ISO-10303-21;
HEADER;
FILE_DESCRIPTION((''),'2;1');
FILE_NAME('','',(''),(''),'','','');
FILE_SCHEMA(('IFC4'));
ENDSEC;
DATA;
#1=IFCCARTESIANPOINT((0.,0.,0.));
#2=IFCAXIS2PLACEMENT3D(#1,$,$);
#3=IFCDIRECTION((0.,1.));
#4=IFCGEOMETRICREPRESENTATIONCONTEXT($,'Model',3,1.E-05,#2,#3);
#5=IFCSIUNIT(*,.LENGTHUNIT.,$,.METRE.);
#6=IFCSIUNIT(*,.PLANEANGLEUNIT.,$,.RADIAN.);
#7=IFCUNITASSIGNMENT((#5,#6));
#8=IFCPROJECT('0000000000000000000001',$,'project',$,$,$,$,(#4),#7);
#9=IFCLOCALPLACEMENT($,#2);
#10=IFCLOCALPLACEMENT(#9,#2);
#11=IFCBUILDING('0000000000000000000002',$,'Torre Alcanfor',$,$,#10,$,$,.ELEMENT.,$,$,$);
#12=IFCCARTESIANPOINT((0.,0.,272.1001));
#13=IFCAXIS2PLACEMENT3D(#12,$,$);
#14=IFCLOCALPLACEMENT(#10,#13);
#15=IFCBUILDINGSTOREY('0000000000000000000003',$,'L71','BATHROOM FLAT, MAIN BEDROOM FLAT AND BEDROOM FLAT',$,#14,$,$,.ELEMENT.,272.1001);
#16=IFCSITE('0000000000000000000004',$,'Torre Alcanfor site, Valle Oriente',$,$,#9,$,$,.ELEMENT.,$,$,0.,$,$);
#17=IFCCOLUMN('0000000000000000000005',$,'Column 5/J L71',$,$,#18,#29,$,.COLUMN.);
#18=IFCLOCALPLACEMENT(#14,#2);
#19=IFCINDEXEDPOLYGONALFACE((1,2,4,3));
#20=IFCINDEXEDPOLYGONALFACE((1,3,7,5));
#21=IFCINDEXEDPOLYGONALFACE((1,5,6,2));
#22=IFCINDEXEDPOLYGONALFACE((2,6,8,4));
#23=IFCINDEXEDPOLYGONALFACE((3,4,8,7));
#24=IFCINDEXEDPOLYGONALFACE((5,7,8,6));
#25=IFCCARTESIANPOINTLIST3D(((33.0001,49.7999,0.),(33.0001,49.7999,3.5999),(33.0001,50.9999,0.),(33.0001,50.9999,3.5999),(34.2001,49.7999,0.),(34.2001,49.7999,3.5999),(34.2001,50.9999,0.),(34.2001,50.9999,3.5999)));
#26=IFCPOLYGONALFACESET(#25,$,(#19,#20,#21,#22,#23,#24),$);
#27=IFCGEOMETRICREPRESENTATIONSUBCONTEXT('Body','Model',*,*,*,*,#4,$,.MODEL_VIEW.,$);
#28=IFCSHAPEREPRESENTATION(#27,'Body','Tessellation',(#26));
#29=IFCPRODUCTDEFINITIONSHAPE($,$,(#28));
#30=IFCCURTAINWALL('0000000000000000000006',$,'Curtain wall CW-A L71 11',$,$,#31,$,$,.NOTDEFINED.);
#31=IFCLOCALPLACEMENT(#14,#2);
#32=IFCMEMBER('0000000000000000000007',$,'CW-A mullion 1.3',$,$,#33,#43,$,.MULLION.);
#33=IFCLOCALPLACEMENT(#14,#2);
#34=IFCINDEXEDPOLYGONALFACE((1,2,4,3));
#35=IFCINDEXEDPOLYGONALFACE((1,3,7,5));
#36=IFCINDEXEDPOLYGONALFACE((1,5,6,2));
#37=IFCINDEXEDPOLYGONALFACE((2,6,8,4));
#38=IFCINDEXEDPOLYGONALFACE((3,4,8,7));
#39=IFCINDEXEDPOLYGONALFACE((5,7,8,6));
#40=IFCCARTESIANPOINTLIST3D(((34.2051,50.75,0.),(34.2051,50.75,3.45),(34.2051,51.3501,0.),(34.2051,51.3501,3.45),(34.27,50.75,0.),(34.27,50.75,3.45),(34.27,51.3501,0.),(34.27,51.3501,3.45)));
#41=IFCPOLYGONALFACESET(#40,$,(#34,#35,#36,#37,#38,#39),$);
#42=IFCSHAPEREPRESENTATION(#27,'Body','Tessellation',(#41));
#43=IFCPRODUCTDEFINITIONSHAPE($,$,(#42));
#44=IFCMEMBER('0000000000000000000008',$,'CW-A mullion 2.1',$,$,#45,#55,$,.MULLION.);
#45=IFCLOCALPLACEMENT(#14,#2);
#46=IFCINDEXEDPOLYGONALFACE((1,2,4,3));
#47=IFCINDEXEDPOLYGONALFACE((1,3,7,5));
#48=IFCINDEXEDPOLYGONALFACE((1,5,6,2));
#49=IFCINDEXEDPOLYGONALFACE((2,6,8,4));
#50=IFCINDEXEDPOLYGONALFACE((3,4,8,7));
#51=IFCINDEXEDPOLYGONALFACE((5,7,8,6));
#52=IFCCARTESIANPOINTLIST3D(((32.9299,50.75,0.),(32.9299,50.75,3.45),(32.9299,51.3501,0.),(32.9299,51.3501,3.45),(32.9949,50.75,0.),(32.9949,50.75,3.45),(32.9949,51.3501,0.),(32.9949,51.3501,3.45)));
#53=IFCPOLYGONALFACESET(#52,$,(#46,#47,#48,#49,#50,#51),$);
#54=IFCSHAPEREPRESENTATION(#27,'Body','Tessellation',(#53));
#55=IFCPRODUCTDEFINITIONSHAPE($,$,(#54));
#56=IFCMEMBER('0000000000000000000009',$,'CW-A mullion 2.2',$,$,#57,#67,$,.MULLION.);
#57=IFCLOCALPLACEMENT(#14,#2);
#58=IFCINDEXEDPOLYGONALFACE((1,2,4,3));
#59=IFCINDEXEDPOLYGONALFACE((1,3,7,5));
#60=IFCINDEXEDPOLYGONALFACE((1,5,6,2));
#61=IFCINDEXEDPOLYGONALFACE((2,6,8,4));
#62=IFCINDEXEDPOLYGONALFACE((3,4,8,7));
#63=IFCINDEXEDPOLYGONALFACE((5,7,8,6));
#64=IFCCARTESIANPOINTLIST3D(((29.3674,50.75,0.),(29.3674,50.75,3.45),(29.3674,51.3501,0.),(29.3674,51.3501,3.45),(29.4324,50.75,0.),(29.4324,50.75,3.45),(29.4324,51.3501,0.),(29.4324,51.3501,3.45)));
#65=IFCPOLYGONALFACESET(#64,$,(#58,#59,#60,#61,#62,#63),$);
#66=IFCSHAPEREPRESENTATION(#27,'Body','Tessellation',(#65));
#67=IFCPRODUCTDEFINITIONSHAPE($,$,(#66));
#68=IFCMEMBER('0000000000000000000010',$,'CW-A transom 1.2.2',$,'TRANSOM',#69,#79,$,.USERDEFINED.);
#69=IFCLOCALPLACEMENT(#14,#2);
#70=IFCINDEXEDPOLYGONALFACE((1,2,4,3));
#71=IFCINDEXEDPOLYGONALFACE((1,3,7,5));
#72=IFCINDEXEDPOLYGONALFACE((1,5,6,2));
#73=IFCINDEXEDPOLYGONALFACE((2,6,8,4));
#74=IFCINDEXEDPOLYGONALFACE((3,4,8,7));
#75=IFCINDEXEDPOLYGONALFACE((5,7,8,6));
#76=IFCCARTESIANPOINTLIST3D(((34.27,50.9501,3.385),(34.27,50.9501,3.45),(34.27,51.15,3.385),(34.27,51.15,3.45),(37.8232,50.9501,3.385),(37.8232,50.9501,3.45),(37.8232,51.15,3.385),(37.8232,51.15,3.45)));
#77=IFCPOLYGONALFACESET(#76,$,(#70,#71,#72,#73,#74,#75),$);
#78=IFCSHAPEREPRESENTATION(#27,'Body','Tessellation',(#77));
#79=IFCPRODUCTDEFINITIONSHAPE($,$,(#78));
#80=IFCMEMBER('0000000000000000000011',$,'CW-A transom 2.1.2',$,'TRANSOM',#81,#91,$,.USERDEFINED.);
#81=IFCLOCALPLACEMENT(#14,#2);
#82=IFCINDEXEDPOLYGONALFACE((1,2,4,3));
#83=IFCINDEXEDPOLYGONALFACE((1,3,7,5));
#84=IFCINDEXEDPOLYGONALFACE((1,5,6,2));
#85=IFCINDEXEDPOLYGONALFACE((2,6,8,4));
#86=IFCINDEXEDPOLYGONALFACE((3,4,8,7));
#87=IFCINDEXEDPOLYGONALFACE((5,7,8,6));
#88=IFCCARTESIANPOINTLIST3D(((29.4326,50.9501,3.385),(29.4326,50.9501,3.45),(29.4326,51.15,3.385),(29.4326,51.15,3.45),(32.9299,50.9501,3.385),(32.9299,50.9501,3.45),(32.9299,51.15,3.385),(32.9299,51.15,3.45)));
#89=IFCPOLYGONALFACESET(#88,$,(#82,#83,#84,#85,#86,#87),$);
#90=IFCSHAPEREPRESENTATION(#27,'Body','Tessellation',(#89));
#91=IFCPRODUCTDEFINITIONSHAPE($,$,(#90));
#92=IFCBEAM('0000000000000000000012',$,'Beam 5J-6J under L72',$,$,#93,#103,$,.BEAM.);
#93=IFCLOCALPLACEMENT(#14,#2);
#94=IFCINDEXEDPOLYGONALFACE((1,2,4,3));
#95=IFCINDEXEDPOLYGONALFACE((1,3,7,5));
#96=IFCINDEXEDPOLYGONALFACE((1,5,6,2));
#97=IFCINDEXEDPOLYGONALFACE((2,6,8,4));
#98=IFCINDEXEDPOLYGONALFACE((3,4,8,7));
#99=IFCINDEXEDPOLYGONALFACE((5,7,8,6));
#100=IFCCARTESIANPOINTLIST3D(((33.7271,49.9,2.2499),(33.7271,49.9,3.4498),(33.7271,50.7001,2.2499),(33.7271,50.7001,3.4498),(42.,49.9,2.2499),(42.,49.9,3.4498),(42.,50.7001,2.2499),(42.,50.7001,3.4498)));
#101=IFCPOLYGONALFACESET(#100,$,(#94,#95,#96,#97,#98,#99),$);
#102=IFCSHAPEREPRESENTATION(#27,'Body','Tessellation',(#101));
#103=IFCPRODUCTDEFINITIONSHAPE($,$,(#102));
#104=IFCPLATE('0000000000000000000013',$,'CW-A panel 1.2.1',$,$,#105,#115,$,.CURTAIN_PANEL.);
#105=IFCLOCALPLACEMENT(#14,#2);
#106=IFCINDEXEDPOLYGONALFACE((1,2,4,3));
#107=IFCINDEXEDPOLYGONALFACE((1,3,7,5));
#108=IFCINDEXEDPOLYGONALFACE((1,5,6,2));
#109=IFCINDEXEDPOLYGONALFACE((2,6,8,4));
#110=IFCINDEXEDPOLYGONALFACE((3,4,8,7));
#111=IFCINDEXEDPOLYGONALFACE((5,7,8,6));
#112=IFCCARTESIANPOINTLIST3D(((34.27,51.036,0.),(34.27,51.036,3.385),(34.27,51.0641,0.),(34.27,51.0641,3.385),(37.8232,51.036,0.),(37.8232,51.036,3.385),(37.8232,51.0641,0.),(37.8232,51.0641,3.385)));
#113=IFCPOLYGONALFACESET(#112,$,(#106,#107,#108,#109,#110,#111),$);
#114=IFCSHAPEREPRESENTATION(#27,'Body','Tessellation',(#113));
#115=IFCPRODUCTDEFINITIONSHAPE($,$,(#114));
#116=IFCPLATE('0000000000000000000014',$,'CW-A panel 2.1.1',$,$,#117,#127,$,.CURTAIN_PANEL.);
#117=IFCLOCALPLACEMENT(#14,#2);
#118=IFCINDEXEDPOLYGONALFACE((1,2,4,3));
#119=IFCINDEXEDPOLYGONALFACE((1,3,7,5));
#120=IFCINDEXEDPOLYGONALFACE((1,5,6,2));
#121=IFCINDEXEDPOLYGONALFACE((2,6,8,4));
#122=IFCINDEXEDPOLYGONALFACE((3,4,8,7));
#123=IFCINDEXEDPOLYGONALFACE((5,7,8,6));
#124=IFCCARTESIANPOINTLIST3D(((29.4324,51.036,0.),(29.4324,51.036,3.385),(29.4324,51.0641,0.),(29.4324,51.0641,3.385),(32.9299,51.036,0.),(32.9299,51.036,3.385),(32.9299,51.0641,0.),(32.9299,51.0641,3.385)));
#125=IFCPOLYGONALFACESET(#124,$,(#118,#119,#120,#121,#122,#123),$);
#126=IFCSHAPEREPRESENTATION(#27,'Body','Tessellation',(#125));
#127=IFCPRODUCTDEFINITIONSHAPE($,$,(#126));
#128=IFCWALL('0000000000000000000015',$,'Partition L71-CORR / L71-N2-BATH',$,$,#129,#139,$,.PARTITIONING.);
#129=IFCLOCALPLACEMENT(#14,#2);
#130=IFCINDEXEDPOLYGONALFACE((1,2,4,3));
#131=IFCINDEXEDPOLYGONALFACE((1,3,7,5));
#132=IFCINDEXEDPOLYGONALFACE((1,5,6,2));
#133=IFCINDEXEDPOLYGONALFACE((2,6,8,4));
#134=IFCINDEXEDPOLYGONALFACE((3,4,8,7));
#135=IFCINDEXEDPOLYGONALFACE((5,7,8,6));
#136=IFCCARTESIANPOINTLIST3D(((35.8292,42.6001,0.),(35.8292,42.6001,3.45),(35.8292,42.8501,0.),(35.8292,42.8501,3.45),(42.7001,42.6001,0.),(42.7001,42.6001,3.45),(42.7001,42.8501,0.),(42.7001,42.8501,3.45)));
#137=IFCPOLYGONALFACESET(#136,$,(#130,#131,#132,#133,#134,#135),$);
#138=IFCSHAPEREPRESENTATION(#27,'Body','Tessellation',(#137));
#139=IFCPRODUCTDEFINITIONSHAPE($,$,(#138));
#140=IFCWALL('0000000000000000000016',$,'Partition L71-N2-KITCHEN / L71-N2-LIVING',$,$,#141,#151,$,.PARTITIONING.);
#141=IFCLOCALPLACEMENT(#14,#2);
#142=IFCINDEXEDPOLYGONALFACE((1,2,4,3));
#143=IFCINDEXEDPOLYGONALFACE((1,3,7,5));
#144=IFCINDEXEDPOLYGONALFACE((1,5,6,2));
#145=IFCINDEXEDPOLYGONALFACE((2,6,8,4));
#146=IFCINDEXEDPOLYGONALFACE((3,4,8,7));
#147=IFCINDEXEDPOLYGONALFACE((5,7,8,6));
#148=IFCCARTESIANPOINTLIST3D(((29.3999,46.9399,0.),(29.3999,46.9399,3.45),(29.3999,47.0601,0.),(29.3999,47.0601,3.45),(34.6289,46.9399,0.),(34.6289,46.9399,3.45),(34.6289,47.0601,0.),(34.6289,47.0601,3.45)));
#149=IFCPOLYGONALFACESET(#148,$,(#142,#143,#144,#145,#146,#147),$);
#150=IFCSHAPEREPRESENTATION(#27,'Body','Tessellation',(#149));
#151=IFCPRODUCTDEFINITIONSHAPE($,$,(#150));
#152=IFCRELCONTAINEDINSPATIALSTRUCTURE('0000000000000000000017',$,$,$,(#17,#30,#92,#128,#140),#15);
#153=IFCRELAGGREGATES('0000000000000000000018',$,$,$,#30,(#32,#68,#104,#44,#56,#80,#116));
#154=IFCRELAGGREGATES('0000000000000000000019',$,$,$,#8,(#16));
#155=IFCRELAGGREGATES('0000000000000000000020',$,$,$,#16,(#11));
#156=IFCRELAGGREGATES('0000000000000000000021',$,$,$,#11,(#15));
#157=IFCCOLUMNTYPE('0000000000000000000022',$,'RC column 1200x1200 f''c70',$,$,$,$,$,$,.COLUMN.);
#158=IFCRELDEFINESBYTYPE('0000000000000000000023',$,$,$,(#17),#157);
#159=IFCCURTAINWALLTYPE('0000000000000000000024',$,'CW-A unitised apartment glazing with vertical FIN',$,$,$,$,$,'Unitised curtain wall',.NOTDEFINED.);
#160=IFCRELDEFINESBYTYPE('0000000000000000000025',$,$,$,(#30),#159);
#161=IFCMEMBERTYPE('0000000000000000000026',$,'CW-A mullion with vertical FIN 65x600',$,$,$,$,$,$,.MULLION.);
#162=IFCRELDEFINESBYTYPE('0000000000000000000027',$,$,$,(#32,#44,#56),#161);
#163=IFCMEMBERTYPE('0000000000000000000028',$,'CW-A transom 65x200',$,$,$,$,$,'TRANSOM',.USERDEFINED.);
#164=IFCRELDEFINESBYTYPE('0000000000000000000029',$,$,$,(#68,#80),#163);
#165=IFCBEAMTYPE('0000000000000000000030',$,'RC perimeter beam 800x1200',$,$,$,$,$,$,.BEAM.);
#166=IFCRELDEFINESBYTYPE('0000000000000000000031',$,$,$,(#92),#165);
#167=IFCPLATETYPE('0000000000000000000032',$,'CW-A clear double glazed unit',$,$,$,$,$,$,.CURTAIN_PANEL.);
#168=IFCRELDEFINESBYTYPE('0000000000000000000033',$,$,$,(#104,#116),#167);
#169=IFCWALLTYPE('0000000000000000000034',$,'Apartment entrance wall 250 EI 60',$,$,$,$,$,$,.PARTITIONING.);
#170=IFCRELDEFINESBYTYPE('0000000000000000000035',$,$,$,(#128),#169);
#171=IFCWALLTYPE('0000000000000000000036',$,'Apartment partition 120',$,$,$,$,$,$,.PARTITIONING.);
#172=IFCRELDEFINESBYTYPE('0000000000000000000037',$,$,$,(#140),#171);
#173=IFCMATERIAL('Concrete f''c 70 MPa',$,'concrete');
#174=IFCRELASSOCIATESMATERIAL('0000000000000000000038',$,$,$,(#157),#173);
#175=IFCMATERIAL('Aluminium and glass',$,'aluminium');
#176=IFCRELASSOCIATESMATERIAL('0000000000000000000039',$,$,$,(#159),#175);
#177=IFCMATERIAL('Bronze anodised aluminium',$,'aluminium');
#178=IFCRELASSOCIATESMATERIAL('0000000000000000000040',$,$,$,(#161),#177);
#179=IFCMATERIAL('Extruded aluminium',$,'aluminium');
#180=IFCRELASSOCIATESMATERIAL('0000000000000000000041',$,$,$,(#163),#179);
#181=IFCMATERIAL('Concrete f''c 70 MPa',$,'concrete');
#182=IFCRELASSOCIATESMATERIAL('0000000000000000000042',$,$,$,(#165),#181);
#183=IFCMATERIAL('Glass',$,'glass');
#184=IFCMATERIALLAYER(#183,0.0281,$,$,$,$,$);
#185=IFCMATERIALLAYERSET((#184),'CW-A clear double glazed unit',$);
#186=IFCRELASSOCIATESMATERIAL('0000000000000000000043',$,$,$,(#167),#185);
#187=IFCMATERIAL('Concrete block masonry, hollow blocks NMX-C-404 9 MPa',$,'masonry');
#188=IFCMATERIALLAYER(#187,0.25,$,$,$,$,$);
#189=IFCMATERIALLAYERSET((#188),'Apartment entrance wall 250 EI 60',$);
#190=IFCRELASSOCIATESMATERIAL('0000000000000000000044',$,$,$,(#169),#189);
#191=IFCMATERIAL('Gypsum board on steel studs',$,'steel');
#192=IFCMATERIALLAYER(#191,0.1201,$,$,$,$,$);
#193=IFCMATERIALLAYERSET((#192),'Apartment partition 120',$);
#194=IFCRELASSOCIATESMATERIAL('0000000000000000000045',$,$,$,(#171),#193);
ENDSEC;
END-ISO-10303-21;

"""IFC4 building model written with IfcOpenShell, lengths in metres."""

from ifc_helpers import new_model, si_unit, direction, frame, frame_2d, origin, origin_2d, place, context, subcontext, project, spatial, rectangle, extrude, material, layer, layer_set, material_profile, profile_set, type_object, element, aggregate, save


model = new_model("IFC4")

# Units and contexts
model_context = context("Model", 3, precision=1e-05, world=origin(), true_north=direction((0.0, 1.0)))
body_context = subcontext(model_context, "Body", "Model", "MODEL_VIEW")
ifc_project = project(units=[si_unit("LENGTHUNIT", "METRE"), si_unit("PLANEANGLEUNIT", "RADIAN")], contexts=[model_context])

# Site, building, storey
site_placement = place(None, origin())
site = spatial("IfcSite", under=ifc_project, at=site_placement, Name="Torre Alcanfor site, Valle Oriente", CompositionType="ELEMENT", RefElevation=0.0)
building_placement = place(site_placement, origin())
building = spatial("IfcBuilding", under=site, at=building_placement, Name="Torre Alcanfor", CompositionType="ELEMENT")
storey_placement = place(building_placement, frame((0.0, 0.0, 272.1001)))
storey = spatial("IfcBuildingStorey", under=building, at=storey_placement, Name="L71", Description="BATHROOM FLAT, MAIN BEDROOM FLAT AND BEDROOM FLAT", CompositionType="ELEMENT", Elevation=272.1001)

# Column
ifc_material_1 = material(Name="Concrete f'c 70 MPa", Category="concrete")
ifc_material_profile_1 = material_profile(ifc_material_1, rectangle(XDim=1.2, YDim=1.2, at=origin_2d()), Name="1200x1200")
ifc_profile_set_1 = profile_set([ifc_material_profile_1], Name="Concrete f'c 70 MPa")
column_type = type_object("IfcColumnType", Name="RC column 1200x1200 f'c70", PredefinedType="COLUMN", material=ifc_profile_set_1)
column_placement = place(storey_placement, frame((33.6001, 50.3999, 0.0), z_axis=(0.0, 0.0, 1.0), x_axis=(1.0, 0.0, 0.0)))
element("IfcColumn", 1, at=column_placement, inside=storey, type_object=column_type, Name="Column 5/J L71", PredefinedType="COLUMN", context=body_context, shape_type="SweptSolid", body=[
    extrude(rectangle(XDim=1.2, YDim=1.2, at=origin_2d()), origin(), (0.0, 0.0, 1.0), 3.5999),
])

# Curtain wall, members
ifc_material_2 = material(Name="Aluminium and glass", Category="aluminium")
curtain_wall_type = type_object("IfcCurtainWallType", Name="CW-A unitised apartment glazing with vertical FIN", ElementType="Unitised curtain wall", PredefinedType="NOTDEFINED", material=ifc_material_2)
curtain_wall_placement = place(storey_placement, origin())
curtain_wall = element("IfcCurtainWall", 2, at=curtain_wall_placement, inside=storey, type_object=curtain_wall_type, Name="Curtain wall CW-A L71 11", PredefinedType="NOTDEFINED")
ifc_material_3 = material(Name="Bronze anodised aluminium", Category="aluminium")
ifc_material_profile_2 = material_profile(ifc_material_3, rectangle(XDim=0.6001, YDim=0.0649, at=origin_2d()), Name="CW-A mullion 65x600")
ifc_profile_set_2 = profile_set([ifc_material_profile_2], Name="Bronze anodised aluminium")
member_type_1 = type_object("IfcMemberType", Name="CW-A mullion with vertical FIN 65x600", PredefinedType="MULLION", material=ifc_profile_set_2)
member_1_placement = place(storey_placement, frame((34.2375, 51.05, 0.0), z_axis=(0.0, 0.0, 1.0), x_axis=(0.0, -1.0, 0.0)))
member_1 = element("IfcMember", 3, at=member_1_placement, type_object=member_type_1, Name="CW-A mullion 1.3", PredefinedType="MULLION", context=body_context, shape_type="SweptSolid", body=[
    extrude(rectangle(XDim=0.6001, YDim=0.0649, at=origin_2d()), origin(), (0.0, 0.0, 1.0), 3.45),
])
member_2_placement = place(storey_placement, frame((32.9624, 51.05, 0.0), z_axis=(0.0, 0.0, 1.0), x_axis=(0.0, -1.0, 0.0)))
member_2 = element("IfcMember", 4, at=member_2_placement, type_object=member_type_1, Name="CW-A mullion 2.1", PredefinedType="MULLION", context=body_context, shape_type="SweptSolid", body=[
    extrude(rectangle(XDim=0.6001, YDim=0.0649, at=origin_2d()), origin(), (0.0, 0.0, 1.0), 3.45),
])
member_3_placement = place(storey_placement, frame((29.3999, 51.05, 0.0), z_axis=(0.0, 0.0, 1.0), x_axis=(0.0, -1.0, 0.0)))
member_3 = element("IfcMember", 5, at=member_3_placement, type_object=member_type_1, Name="CW-A mullion 2.2", PredefinedType="MULLION", context=body_context, shape_type="SweptSolid", body=[
    extrude(rectangle(XDim=0.6001, YDim=0.0649, at=origin_2d()), origin(), (0.0, 0.0, 1.0), 3.45),
])
ifc_material_4 = material(Name="Extruded aluminium", Category="aluminium")
ifc_material_profile_3 = material_profile(ifc_material_4, rectangle(XDim=0.2, YDim=0.0649, at=origin_2d()), Name="CW-A transom 200x65")
ifc_profile_set_3 = profile_set([ifc_material_profile_3], Name="Extruded aluminium")
member_type_2 = type_object("IfcMemberType", Name="CW-A transom 65x200", ElementType="TRANSOM", PredefinedType="USERDEFINED", material=ifc_profile_set_3)
member_4_placement = place(storey_placement, frame((37.8232, 51.05, 3.4175), z_axis=(-1.0, 0.0, 0.0), x_axis=(0.0, -1.0, 0.0)))
member_4 = element("IfcMember", 6, at=member_4_placement, type_object=member_type_2, Name="CW-A transom 1.2.2", ObjectType="TRANSOM", PredefinedType="USERDEFINED", context=body_context, shape_type="SweptSolid", body=[
    extrude(rectangle(XDim=0.2, YDim=0.0649, at=origin_2d()), origin(), (0.0, 0.0, 1.0), 3.5532),
])
member_5_placement = place(storey_placement, frame((32.9299, 51.05, 3.4175), z_axis=(-1.0, 0.0, 0.0), x_axis=(0.0, -1.0, 0.0)))
member_5 = element("IfcMember", 7, at=member_5_placement, type_object=member_type_2, Name="CW-A transom 2.1.2", ObjectType="TRANSOM", PredefinedType="USERDEFINED", context=body_context, shape_type="SweptSolid", body=[
    extrude(rectangle(XDim=0.2, YDim=0.0649, at=origin_2d()), origin(), (0.0, 0.0, 1.0), 3.4973),
])

# Beam
ifc_material_5 = material(Name="Concrete f'c 70 MPa", Category="concrete")
ifc_material_profile_4 = material_profile(ifc_material_5, rectangle(XDim=0.8, YDim=1.2, at=origin_2d()), Name="800x1200")
ifc_profile_set_4 = profile_set([ifc_material_profile_4], Name="Concrete f'c 70 MPa")
beam_type = type_object("IfcBeamType", Name="RC perimeter beam 800x1200", PredefinedType="BEAM", material=ifc_profile_set_4)
beam_placement = place(storey_placement, frame((33.7271, 50.3, 2.8499), z_axis=(1.0, 0.0, 0.0), x_axis=(0.0, 1.0, 0.0)))
element("IfcBeam", 8, at=beam_placement, inside=storey, type_object=beam_type, Name="Beam 5J-6J under L72", PredefinedType="BEAM", context=body_context, shape_type="SweptSolid", body=[
    extrude(rectangle(XDim=0.8, YDim=1.2, at=origin_2d()), origin(), (0.0, 0.0, 1.0), 8.2729),
])

# Plates
ifc_material_6 = material(Name="Glass", Category="glass")
ifc_layer_1 = layer(ifc_material_6, 0.0281)
ifc_layer_set_1 = layer_set([ifc_layer_1], Name="CW-A clear double glazed unit")
plate_type = type_object("IfcPlateType", Name="CW-A clear double glazed unit", PredefinedType="CURTAIN_PANEL", material=ifc_layer_set_1)
plate_1_placement = place(storey_placement, frame((36.0466, 51.05, 0.0), z_axis=(0.0, 0.0, 1.0), x_axis=(-1.0, 0.0, 0.0)))
plate_1 = element("IfcPlate", 9, at=plate_1_placement, type_object=plate_type, Name="CW-A panel 1.2.1", PredefinedType="CURTAIN_PANEL", context=body_context, shape_type="SweptSolid", body=[
    extrude(rectangle(XDim=3.5532, YDim=0.0281, at=origin_2d()), origin(), (0.0, 0.0, 1.0), 3.385),
])
plate_2_placement = place(storey_placement, frame((31.1812, 51.05, 0.0), z_axis=(0.0, 0.0, 1.0), x_axis=(-1.0, 0.0, 0.0)))
plate_2 = element("IfcPlate", 10, at=plate_2_placement, type_object=plate_type, Name="CW-A panel 2.1.1", PredefinedType="CURTAIN_PANEL", context=body_context, shape_type="SweptSolid", body=[
    extrude(rectangle(XDim=3.4976, YDim=0.0281, at=origin_2d()), origin(), (0.0, 0.0, 1.0), 3.385),
])
aggregate(curtain_wall, [member_1, member_4, plate_1, member_2, member_3, member_5, plate_2])

# Walls
ifc_material_7 = material(Name="Concrete block masonry, hollow blocks NMX-C-404 9 MPa", Category="masonry")
ifc_layer_2 = layer(ifc_material_7, 0.25)
ifc_layer_set_2 = layer_set([ifc_layer_2], Name="Apartment entrance wall 250 EI 60")
wall_type_1 = type_object("IfcWallType", Name="Apartment entrance wall 250 EI 60", PredefinedType="PARTITIONING", material=ifc_layer_set_2)
wall_1_placement = place(storey_placement, frame((35.8291, 42.7251, 0.0), z_axis=(0.0, 0.0, 1.0), x_axis=(1.0, 0.0, 0.0)))
element("IfcWall", 11, at=wall_1_placement, inside=storey, type_object=wall_type_1, Name="Partition L71-CORR / L71-N2-BATH", PredefinedType="PARTITIONING", context=body_context, shape_type="SweptSolid", body=[
    extrude(rectangle(XDim=6.8708, YDim=0.25, at=frame_2d((3.4355, 0.0))), origin(), (0.0, 0.0, 1.0), 3.45),
])
ifc_material_8 = material(Name="Gypsum board on steel studs", Category="steel")
ifc_layer_3 = layer(ifc_material_8, 0.1201)
ifc_layer_set_3 = layer_set([ifc_layer_3], Name="Apartment partition 120")
wall_type_2 = type_object("IfcWallType", Name="Apartment partition 120", PredefinedType="PARTITIONING", material=ifc_layer_set_3)
wall_2_placement = place(storey_placement, frame((29.3999, 47.0, 0.0), z_axis=(0.0, 0.0, 1.0), x_axis=(1.0, 0.0, 0.0)))
element("IfcWall", 12, at=wall_2_placement, inside=storey, type_object=wall_type_2, Name="Partition L71-N2-KITCHEN / L71-N2-LIVING", PredefinedType="PARTITIONING", context=body_context, shape_type="SweptSolid", body=[
    extrude(rectangle(XDim=5.229, YDim=0.1201, at=frame_2d((2.6145, 0.0))), origin(), (0.0, 0.0, 1.0), 3.45),
])

save(model, "model.ifc")
